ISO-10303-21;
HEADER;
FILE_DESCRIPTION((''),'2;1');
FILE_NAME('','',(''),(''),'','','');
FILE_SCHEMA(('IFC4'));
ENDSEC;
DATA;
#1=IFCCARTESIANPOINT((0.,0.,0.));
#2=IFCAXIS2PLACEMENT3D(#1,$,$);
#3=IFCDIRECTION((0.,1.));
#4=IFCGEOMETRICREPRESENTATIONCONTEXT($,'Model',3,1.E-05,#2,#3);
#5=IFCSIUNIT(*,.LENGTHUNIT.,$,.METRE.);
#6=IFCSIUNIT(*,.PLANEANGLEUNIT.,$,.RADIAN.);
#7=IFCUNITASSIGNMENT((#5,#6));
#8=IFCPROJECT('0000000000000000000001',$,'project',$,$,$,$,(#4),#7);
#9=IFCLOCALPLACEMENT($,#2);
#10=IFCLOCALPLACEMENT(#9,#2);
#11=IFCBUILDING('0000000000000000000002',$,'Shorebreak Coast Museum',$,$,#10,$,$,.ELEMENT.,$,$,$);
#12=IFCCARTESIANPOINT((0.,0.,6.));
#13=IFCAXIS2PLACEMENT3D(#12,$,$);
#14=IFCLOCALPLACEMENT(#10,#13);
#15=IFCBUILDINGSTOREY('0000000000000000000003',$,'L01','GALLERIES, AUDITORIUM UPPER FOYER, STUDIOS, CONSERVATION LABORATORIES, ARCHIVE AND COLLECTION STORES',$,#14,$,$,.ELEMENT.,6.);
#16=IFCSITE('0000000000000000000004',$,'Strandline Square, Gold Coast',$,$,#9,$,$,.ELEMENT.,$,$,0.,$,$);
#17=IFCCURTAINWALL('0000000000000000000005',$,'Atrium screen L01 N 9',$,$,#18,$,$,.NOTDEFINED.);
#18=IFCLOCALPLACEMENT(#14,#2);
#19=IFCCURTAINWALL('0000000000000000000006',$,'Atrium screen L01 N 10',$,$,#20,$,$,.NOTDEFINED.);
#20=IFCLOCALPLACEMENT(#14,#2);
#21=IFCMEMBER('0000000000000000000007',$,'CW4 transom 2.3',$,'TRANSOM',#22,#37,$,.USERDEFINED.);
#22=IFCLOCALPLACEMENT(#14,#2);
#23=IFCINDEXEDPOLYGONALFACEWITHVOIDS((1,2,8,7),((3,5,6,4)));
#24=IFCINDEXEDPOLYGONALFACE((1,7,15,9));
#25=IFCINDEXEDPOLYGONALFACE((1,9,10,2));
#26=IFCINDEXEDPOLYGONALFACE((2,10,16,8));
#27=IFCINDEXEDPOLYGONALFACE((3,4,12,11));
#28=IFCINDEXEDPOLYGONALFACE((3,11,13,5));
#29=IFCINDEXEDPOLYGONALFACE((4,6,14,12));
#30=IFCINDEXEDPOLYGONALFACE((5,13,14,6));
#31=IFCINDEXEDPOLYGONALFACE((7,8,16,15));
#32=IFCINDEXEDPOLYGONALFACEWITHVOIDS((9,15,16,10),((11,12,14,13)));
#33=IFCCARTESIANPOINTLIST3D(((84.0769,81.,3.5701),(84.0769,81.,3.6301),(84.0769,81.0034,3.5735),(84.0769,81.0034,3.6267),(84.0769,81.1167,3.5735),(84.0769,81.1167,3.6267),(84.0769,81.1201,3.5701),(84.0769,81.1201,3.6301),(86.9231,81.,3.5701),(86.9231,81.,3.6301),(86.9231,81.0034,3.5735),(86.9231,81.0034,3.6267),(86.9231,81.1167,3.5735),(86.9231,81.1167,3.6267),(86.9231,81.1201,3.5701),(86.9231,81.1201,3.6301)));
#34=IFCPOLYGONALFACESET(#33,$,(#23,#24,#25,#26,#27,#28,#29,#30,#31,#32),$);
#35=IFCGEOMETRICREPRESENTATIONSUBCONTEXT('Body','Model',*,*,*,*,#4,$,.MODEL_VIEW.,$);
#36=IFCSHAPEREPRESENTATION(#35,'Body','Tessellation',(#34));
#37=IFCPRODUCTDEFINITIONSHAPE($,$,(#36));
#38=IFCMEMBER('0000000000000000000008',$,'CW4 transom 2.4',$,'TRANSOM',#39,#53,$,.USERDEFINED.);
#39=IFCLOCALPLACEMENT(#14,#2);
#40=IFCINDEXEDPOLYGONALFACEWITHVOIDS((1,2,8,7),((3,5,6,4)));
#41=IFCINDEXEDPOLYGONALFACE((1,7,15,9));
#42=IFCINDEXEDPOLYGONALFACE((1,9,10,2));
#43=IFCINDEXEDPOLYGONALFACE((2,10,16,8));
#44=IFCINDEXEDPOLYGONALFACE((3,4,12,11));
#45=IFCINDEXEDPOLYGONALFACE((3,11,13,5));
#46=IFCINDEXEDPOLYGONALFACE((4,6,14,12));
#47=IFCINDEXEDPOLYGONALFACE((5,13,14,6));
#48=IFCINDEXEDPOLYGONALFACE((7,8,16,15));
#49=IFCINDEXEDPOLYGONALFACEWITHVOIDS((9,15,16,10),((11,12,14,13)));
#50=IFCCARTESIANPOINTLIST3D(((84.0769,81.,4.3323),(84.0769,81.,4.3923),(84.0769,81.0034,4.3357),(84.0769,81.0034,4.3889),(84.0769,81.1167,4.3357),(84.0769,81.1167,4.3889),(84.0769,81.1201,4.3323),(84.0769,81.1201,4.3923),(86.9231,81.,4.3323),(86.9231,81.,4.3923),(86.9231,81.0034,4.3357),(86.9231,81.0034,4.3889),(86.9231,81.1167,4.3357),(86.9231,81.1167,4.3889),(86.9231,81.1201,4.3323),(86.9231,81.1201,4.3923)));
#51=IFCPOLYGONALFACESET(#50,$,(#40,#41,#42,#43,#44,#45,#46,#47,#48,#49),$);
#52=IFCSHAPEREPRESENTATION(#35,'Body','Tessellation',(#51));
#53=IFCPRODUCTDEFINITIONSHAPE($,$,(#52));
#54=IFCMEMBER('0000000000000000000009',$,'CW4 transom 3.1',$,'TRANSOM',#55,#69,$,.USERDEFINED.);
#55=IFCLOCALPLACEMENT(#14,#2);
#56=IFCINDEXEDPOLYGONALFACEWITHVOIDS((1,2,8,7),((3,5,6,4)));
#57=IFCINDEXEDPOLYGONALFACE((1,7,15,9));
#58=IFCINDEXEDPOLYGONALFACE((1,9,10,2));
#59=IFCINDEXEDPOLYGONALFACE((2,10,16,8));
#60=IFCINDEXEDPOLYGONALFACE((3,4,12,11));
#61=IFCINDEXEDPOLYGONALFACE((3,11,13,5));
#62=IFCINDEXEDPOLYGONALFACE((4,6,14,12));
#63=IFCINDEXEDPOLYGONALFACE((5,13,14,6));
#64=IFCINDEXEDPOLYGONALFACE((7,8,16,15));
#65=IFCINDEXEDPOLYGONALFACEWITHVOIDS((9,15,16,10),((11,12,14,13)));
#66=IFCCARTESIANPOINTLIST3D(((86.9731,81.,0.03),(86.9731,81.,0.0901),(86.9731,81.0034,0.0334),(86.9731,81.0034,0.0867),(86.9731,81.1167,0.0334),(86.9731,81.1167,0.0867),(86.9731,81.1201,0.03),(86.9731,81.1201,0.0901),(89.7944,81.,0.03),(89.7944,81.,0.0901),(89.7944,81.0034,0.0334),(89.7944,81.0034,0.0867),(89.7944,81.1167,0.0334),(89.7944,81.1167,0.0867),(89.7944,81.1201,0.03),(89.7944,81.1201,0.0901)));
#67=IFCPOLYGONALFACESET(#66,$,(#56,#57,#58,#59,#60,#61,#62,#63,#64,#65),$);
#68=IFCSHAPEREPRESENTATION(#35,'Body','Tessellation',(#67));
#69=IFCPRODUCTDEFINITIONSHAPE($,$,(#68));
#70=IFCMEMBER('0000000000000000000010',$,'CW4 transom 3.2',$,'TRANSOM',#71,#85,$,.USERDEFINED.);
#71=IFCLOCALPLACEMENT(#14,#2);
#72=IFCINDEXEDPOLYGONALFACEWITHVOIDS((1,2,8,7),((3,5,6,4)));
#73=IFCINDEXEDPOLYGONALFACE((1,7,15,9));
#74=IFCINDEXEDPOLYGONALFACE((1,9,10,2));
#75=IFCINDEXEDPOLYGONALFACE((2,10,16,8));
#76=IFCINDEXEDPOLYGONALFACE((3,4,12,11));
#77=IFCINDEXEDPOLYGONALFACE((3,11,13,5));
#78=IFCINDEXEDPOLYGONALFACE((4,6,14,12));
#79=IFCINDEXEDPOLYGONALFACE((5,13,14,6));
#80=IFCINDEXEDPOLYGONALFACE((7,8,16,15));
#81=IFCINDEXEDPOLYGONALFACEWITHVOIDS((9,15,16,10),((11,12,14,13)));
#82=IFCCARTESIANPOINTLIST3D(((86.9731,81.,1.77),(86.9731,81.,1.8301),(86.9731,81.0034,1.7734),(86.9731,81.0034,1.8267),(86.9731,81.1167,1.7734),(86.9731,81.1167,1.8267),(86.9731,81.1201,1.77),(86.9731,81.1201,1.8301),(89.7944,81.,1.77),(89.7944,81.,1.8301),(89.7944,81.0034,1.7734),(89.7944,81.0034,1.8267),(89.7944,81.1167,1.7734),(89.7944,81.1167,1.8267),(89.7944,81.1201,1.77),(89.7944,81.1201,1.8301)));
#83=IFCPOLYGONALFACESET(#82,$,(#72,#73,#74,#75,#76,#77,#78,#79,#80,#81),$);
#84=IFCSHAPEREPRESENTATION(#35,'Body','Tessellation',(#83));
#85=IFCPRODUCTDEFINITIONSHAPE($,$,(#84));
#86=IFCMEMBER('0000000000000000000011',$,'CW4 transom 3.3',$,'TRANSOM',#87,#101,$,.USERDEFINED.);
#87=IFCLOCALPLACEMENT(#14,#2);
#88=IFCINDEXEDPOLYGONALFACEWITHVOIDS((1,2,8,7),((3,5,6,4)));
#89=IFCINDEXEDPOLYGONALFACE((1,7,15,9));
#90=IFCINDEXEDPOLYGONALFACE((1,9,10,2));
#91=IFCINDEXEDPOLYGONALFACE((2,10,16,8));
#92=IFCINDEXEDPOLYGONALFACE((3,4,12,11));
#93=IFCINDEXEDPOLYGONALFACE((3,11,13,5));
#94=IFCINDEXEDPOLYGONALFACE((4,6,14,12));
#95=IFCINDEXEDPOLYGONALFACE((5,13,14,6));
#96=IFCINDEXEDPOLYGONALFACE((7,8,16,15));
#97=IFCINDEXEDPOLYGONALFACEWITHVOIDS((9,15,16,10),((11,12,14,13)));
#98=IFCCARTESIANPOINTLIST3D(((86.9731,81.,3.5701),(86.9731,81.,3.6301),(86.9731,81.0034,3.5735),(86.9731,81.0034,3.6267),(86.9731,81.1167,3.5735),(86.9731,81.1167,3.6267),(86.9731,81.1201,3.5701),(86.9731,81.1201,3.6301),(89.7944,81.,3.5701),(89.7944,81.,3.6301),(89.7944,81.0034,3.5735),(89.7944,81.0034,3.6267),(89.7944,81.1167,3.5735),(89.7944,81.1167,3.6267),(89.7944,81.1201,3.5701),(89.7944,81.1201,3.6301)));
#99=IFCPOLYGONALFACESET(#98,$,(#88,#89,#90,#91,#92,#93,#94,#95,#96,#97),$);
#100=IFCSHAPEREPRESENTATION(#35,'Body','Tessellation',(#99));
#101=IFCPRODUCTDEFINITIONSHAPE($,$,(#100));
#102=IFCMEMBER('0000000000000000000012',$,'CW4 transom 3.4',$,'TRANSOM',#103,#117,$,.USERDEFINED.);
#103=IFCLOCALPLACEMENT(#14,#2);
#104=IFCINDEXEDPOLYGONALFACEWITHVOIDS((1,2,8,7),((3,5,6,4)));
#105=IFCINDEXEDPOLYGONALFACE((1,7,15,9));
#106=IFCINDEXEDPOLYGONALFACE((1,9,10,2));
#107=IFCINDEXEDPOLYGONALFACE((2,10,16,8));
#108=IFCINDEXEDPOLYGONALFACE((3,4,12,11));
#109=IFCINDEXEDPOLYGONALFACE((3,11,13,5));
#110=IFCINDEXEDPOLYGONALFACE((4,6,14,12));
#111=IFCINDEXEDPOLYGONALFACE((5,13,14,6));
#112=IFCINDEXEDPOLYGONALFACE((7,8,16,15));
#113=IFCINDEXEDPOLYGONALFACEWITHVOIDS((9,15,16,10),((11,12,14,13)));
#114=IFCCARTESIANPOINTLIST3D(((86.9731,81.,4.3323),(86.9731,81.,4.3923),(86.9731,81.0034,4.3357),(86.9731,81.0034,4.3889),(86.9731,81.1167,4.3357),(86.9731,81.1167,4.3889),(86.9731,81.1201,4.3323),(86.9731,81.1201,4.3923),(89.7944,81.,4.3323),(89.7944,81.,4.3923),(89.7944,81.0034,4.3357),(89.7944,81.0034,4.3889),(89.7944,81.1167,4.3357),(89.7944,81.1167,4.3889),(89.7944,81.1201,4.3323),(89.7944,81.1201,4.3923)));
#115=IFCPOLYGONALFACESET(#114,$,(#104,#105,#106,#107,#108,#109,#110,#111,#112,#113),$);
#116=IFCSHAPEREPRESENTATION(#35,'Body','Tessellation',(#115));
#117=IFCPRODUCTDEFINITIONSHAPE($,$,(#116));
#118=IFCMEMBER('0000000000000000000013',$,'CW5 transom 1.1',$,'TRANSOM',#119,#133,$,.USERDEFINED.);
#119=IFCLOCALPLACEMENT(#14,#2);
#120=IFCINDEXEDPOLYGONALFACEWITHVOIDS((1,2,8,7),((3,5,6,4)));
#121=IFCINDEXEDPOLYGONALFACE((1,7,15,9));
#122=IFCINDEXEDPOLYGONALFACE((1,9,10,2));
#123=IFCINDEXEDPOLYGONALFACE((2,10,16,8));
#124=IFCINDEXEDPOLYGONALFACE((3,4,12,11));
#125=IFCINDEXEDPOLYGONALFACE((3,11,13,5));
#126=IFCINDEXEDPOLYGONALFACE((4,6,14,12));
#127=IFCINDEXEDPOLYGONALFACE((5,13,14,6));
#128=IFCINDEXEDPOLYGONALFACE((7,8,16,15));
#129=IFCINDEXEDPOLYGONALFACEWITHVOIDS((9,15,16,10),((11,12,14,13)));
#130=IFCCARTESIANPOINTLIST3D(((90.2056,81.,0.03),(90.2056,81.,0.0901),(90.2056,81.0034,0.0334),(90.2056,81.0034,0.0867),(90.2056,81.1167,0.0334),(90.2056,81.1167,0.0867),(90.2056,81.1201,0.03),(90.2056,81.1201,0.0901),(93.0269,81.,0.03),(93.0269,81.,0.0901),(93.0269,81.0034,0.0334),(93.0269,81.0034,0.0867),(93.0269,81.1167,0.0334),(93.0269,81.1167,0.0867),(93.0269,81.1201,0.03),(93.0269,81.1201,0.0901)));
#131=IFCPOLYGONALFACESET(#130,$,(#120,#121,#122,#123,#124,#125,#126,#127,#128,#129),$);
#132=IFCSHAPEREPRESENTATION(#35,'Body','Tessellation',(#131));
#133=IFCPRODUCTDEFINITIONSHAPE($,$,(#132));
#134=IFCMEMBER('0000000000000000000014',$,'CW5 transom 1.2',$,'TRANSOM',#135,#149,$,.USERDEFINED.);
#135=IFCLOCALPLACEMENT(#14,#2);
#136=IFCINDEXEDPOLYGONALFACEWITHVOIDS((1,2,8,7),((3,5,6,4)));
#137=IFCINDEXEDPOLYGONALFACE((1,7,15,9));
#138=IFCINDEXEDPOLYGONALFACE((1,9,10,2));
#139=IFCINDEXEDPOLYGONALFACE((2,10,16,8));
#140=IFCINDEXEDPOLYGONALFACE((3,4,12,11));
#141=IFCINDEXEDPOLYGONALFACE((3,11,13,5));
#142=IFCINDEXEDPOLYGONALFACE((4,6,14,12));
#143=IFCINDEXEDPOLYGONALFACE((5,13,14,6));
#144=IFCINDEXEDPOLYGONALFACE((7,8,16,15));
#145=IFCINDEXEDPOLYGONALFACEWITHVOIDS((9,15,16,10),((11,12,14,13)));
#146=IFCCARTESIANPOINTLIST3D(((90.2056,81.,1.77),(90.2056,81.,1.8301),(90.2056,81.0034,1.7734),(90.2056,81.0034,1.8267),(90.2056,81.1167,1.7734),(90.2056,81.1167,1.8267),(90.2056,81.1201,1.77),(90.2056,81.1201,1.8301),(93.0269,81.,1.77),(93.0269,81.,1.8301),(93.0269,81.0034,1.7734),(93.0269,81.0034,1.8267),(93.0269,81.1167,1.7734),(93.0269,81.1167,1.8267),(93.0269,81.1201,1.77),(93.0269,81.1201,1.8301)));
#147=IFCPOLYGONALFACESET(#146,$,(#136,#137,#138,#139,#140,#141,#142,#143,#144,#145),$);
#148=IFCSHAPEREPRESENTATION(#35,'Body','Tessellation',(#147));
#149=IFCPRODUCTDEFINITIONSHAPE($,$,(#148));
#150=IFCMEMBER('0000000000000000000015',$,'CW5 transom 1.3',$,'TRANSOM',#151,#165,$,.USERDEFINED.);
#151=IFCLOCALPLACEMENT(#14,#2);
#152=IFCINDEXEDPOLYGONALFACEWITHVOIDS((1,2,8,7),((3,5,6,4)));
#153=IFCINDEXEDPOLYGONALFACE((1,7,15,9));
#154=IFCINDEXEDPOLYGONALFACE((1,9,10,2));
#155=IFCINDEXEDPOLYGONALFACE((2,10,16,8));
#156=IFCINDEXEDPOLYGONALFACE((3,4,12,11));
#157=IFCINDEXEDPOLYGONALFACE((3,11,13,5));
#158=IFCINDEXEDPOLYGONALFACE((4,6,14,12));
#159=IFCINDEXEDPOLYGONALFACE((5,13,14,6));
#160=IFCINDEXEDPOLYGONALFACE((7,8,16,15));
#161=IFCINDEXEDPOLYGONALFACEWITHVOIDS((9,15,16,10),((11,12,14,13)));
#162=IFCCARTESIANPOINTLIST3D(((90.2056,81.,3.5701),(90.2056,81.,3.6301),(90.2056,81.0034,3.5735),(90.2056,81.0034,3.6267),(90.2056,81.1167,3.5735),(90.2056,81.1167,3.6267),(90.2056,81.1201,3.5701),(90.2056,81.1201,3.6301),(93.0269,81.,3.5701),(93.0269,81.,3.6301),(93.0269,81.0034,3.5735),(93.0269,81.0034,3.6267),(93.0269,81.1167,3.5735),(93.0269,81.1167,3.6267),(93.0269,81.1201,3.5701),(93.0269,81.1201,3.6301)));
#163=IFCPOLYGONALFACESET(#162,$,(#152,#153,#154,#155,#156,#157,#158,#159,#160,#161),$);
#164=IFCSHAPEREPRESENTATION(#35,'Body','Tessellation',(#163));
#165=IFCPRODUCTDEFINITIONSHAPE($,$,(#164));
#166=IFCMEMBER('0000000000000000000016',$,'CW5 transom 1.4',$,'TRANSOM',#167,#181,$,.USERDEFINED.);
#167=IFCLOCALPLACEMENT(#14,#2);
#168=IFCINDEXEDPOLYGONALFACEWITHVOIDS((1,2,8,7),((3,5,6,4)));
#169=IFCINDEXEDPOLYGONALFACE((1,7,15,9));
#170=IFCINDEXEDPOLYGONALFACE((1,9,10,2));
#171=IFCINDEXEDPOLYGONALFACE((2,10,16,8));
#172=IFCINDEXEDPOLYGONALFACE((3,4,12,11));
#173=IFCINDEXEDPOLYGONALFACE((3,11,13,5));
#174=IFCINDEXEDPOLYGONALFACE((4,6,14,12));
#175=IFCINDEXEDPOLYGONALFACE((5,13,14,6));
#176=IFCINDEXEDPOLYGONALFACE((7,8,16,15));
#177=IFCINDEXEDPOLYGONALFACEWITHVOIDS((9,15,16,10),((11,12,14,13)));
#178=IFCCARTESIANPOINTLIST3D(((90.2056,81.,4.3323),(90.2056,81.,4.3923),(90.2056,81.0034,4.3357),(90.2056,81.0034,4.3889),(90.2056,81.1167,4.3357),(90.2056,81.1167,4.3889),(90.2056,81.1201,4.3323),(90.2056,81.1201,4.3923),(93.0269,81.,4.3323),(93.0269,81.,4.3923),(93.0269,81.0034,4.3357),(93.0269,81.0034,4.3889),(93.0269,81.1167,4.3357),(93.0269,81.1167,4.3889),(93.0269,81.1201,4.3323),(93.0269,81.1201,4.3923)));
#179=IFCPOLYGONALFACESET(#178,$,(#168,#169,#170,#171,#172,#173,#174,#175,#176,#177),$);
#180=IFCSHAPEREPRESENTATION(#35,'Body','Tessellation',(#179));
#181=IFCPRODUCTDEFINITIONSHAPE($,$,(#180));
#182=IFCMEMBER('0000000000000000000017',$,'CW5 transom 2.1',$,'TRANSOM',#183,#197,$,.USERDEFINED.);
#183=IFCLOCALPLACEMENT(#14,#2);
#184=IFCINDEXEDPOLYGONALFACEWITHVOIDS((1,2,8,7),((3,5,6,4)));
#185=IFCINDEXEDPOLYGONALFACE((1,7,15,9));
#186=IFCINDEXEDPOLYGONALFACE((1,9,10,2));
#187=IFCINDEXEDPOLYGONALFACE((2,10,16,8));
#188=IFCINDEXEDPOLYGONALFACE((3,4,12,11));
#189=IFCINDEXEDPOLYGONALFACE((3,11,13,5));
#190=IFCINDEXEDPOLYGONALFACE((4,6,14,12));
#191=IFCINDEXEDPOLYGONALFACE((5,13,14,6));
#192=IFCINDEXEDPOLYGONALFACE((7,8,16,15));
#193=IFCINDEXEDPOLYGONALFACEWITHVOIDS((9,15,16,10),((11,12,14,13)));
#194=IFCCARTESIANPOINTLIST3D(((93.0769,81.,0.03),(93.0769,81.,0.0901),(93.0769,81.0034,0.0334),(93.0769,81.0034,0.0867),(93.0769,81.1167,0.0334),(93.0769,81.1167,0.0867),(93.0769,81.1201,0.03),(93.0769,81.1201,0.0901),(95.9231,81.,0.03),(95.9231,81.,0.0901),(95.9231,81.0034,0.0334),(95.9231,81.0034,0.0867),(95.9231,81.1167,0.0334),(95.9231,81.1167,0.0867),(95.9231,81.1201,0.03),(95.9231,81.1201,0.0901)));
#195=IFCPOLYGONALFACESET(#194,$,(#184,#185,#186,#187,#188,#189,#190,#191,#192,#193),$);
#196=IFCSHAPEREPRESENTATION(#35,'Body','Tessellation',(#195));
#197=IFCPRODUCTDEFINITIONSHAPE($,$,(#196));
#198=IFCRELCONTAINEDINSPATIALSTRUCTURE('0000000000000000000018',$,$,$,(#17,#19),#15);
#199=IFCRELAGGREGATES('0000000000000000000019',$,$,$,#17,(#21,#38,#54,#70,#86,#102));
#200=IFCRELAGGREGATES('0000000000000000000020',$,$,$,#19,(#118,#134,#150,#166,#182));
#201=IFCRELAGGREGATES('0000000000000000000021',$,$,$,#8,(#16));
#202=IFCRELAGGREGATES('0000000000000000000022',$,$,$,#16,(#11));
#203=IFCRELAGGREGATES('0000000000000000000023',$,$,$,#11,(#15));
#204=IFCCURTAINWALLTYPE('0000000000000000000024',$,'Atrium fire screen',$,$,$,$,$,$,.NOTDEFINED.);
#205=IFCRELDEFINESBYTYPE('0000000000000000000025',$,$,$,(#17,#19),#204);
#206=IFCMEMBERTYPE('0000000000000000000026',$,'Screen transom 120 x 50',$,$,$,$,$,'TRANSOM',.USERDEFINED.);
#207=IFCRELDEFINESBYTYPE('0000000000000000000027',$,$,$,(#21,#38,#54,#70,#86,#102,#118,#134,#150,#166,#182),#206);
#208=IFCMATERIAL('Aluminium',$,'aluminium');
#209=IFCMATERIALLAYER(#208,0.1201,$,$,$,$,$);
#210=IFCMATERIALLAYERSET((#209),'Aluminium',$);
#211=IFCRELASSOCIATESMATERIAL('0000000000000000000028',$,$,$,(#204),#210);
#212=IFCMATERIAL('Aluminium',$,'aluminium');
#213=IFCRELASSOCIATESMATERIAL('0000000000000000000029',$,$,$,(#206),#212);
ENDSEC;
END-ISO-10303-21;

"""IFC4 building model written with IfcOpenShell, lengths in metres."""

from ifc_helpers import new_model, si_unit, direction, frame, origin, origin_2d, place, context, subcontext, project, spatial, hollow_rectangle, extrude, material, layer, layer_set, material_profile, profile_set, type_object, element, aggregate, save


model = new_model("IFC4")

# Units and contexts
model_context = context("Model", 3, precision=1e-05, world=origin(), true_north=direction((0.0, 1.0)))
body_context = subcontext(model_context, "Body", "Model", "MODEL_VIEW")
ifc_project = project(units=[si_unit("LENGTHUNIT", "METRE"), si_unit("PLANEANGLEUNIT", "RADIAN")], contexts=[model_context])

# Site, building, storey
site_placement = place(None, origin())
site = spatial("IfcSite", under=ifc_project, at=site_placement, Name="Strandline Square, Gold Coast", CompositionType="ELEMENT", RefElevation=0.0)
building_placement = place(site_placement, origin())
building = spatial("IfcBuilding", under=site, at=building_placement, Name="Shorebreak Coast Museum", CompositionType="ELEMENT")
storey_placement = place(building_placement, frame((0.0, 0.0, 6.0)))
storey = spatial("IfcBuildingStorey", under=building, at=storey_placement, Name="L01", Description="GALLERIES, AUDITORIUM UPPER FOYER, STUDIOS, CONSERVATION LABORATORIES, ARCHIVE AND COLLECTION STORES", CompositionType="ELEMENT", Elevation=6.0)

# Curtain walls
ifc_material_1 = material(Name="Aluminium", Category="aluminium")
ifc_layer_1 = layer(ifc_material_1, 0.1201)
ifc_layer_set_1 = layer_set([ifc_layer_1], Name="Aluminium")
curtain_wall_type = type_object("IfcCurtainWallType", Name="Atrium fire screen", PredefinedType="NOTDEFINED", material=ifc_layer_set_1)
curtain_wall_1_placement = place(storey_placement, origin())
curtain_wall_1 = element("IfcCurtainWall", 1, at=curtain_wall_1_placement, inside=storey, type_object=curtain_wall_type, Name="Atrium screen L01 N 9", PredefinedType="NOTDEFINED")
curtain_wall_2_placement = place(storey_placement, origin())
curtain_wall_2 = element("IfcCurtainWall", 2, at=curtain_wall_2_placement, inside=storey, type_object=curtain_wall_type, Name="Atrium screen L01 N 10", PredefinedType="NOTDEFINED")

# Members
ifc_material_2 = material(Name="Aluminium", Category="aluminium")
ifc_material_profile_1 = material_profile(ifc_material_2, hollow_rectangle(XDim=0.1201, YDim=0.0601, WallThickness=0.0034, at=origin_2d()), Name="AL 60x120 RHS")
ifc_profile_set_1 = profile_set([ifc_material_profile_1], Name="Aluminium")
member_type_1 = type_object("IfcMemberType", Name="Screen transom 120 x 50", ElementType="TRANSOM", PredefinedType="USERDEFINED", material=ifc_profile_set_1)
member_1_placement = place(storey_placement, frame((84.0769, 81.0601, 3.6001), z_axis=(1.0, 0.0, 0.0), x_axis=(0.0, 1.0, 0.0)))
member_1 = element("IfcMember", 3, at=member_1_placement, type_object=member_type_1, Name="CW4 transom 2.3", ObjectType="TRANSOM", PredefinedType="USERDEFINED", context=body_context, shape_type="SweptSolid", body=[
    extrude(hollow_rectangle(XDim=0.1201, YDim=0.0601, WallThickness=0.0034, at=origin_2d()), origin(), (0.0, 0.0, 1.0), 2.8462),
])
member_2_placement = place(storey_placement, frame((84.0769, 81.0601, 4.3623), z_axis=(1.0, 0.0, 0.0), x_axis=(0.0, 1.0, 0.0)))
member_2 = element("IfcMember", 4, at=member_2_placement, type_object=member_type_1, Name="CW4 transom 2.4", ObjectType="TRANSOM", PredefinedType="USERDEFINED", context=body_context, shape_type="SweptSolid", body=[
    extrude(hollow_rectangle(XDim=0.1201, YDim=0.0601, WallThickness=0.0034, at=origin_2d()), origin(), (0.0, 0.0, 1.0), 2.8462),
])
member_3_placement = place(storey_placement, frame((86.9731, 81.0601, 0.0601), z_axis=(1.0, 0.0, 0.0), x_axis=(0.0, 1.0, 0.0)))
member_3 = element("IfcMember", 5, at=member_3_placement, type_object=member_type_1, Name="CW4 transom 3.1", ObjectType="TRANSOM", PredefinedType="USERDEFINED", context=body_context, shape_type="SweptSolid", body=[
    extrude(hollow_rectangle(XDim=0.1201, YDim=0.0601, WallThickness=0.0034, at=origin_2d()), origin(), (0.0, 0.0, 1.0), 2.8213),
])
member_4_placement = place(storey_placement, frame((86.9731, 81.0601, 1.8), z_axis=(1.0, 0.0, 0.0), x_axis=(0.0, 1.0, 0.0)))
member_4 = element("IfcMember", 6, at=member_4_placement, type_object=member_type_1, Name="CW4 transom 3.2", ObjectType="TRANSOM", PredefinedType="USERDEFINED", context=body_context, shape_type="SweptSolid", body=[
    extrude(hollow_rectangle(XDim=0.1201, YDim=0.0601, WallThickness=0.0034, at=origin_2d()), origin(), (0.0, 0.0, 1.0), 2.8213),
])
member_5_placement = place(storey_placement, frame((86.9731, 81.0601, 3.6001), z_axis=(1.0, 0.0, 0.0), x_axis=(0.0, 1.0, 0.0)))
member_5 = element("IfcMember", 7, at=member_5_placement, type_object=member_type_1, Name="CW4 transom 3.3", ObjectType="TRANSOM", PredefinedType="USERDEFINED", context=body_context, shape_type="SweptSolid", body=[
    extrude(hollow_rectangle(XDim=0.1201, YDim=0.0601, WallThickness=0.0034, at=origin_2d()), origin(), (0.0, 0.0, 1.0), 2.8213),
])
member_6_placement = place(storey_placement, frame((86.9731, 81.0601, 4.3623), z_axis=(1.0, 0.0, 0.0), x_axis=(0.0, 1.0, 0.0)))
member_6 = element("IfcMember", 8, at=member_6_placement, type_object=member_type_1, Name="CW4 transom 3.4", ObjectType="TRANSOM", PredefinedType="USERDEFINED", context=body_context, shape_type="SweptSolid", body=[
    extrude(hollow_rectangle(XDim=0.1201, YDim=0.0601, WallThickness=0.0034, at=origin_2d()), origin(), (0.0, 0.0, 1.0), 2.8213),
])
member_7_placement = place(storey_placement, frame((90.2056, 81.0601, 0.0601), z_axis=(1.0, 0.0, 0.0), x_axis=(0.0, 1.0, 0.0)))
member_7 = element("IfcMember", 9, at=member_7_placement, type_object=member_type_1, Name="CW5 transom 1.1", ObjectType="TRANSOM", PredefinedType="USERDEFINED", context=body_context, shape_type="SweptSolid", body=[
    extrude(hollow_rectangle(XDim=0.1201, YDim=0.0601, WallThickness=0.0034, at=origin_2d()), origin(), (0.0, 0.0, 1.0), 2.8213),
])
member_8_placement = place(storey_placement, frame((90.2056, 81.0601, 1.8), z_axis=(1.0, 0.0, 0.0), x_axis=(0.0, 1.0, 0.0)))
member_8 = element("IfcMember", 10, at=member_8_placement, type_object=member_type_1, Name="CW5 transom 1.2", ObjectType="TRANSOM", PredefinedType="USERDEFINED", context=body_context, shape_type="SweptSolid", body=[
    extrude(hollow_rectangle(XDim=0.1201, YDim=0.0601, WallThickness=0.0034, at=origin_2d()), origin(), (0.0, 0.0, 1.0), 2.8213),
])
member_9_placement = place(storey_placement, frame((90.2056, 81.0601, 3.6001), z_axis=(1.0, 0.0, 0.0), x_axis=(0.0, 1.0, 0.0)))
member_9 = element("IfcMember", 11, at=member_9_placement, type_object=member_type_1, Name="CW5 transom 1.3", ObjectType="TRANSOM", PredefinedType="USERDEFINED", context=body_context, shape_type="SweptSolid", body=[
    extrude(hollow_rectangle(XDim=0.1201, YDim=0.0601, WallThickness=0.0034, at=origin_2d()), origin(), (0.0, 0.0, 1.0), 2.8213),
])
member_10_placement = place(storey_placement, frame((90.2056, 81.0601, 4.3623), z_axis=(1.0, 0.0, 0.0), x_axis=(0.0, 1.0, 0.0)))
member_10 = element("IfcMember", 12, at=member_10_placement, type_object=member_type_1, Name="CW5 transom 1.4", ObjectType="TRANSOM", PredefinedType="USERDEFINED", context=body_context, shape_type="SweptSolid", body=[
    extrude(hollow_rectangle(XDim=0.1201, YDim=0.0601, WallThickness=0.0034, at=origin_2d()), origin(), (0.0, 0.0, 1.0), 2.8213),
])
member_11_placement = place(storey_placement, frame((93.0769, 81.0601, 0.0601), z_axis=(1.0, 0.0, 0.0), x_axis=(0.0, 1.0, 0.0)))
member_11 = element("IfcMember", 13, at=member_11_placement, type_object=member_type_1, Name="CW5 transom 2.1", ObjectType="TRANSOM", PredefinedType="USERDEFINED", context=body_context, shape_type="SweptSolid", body=[
    extrude(hollow_rectangle(XDim=0.1201, YDim=0.0601, WallThickness=0.0034, at=origin_2d()), origin(), (0.0, 0.0, 1.0), 2.8462),
])

aggregate(curtain_wall_1, [member_1, member_2, member_3, member_4, member_5, member_6])
aggregate(curtain_wall_2, [member_7, member_8, member_9, member_10, member_11])

save(model, "model.ifc")
